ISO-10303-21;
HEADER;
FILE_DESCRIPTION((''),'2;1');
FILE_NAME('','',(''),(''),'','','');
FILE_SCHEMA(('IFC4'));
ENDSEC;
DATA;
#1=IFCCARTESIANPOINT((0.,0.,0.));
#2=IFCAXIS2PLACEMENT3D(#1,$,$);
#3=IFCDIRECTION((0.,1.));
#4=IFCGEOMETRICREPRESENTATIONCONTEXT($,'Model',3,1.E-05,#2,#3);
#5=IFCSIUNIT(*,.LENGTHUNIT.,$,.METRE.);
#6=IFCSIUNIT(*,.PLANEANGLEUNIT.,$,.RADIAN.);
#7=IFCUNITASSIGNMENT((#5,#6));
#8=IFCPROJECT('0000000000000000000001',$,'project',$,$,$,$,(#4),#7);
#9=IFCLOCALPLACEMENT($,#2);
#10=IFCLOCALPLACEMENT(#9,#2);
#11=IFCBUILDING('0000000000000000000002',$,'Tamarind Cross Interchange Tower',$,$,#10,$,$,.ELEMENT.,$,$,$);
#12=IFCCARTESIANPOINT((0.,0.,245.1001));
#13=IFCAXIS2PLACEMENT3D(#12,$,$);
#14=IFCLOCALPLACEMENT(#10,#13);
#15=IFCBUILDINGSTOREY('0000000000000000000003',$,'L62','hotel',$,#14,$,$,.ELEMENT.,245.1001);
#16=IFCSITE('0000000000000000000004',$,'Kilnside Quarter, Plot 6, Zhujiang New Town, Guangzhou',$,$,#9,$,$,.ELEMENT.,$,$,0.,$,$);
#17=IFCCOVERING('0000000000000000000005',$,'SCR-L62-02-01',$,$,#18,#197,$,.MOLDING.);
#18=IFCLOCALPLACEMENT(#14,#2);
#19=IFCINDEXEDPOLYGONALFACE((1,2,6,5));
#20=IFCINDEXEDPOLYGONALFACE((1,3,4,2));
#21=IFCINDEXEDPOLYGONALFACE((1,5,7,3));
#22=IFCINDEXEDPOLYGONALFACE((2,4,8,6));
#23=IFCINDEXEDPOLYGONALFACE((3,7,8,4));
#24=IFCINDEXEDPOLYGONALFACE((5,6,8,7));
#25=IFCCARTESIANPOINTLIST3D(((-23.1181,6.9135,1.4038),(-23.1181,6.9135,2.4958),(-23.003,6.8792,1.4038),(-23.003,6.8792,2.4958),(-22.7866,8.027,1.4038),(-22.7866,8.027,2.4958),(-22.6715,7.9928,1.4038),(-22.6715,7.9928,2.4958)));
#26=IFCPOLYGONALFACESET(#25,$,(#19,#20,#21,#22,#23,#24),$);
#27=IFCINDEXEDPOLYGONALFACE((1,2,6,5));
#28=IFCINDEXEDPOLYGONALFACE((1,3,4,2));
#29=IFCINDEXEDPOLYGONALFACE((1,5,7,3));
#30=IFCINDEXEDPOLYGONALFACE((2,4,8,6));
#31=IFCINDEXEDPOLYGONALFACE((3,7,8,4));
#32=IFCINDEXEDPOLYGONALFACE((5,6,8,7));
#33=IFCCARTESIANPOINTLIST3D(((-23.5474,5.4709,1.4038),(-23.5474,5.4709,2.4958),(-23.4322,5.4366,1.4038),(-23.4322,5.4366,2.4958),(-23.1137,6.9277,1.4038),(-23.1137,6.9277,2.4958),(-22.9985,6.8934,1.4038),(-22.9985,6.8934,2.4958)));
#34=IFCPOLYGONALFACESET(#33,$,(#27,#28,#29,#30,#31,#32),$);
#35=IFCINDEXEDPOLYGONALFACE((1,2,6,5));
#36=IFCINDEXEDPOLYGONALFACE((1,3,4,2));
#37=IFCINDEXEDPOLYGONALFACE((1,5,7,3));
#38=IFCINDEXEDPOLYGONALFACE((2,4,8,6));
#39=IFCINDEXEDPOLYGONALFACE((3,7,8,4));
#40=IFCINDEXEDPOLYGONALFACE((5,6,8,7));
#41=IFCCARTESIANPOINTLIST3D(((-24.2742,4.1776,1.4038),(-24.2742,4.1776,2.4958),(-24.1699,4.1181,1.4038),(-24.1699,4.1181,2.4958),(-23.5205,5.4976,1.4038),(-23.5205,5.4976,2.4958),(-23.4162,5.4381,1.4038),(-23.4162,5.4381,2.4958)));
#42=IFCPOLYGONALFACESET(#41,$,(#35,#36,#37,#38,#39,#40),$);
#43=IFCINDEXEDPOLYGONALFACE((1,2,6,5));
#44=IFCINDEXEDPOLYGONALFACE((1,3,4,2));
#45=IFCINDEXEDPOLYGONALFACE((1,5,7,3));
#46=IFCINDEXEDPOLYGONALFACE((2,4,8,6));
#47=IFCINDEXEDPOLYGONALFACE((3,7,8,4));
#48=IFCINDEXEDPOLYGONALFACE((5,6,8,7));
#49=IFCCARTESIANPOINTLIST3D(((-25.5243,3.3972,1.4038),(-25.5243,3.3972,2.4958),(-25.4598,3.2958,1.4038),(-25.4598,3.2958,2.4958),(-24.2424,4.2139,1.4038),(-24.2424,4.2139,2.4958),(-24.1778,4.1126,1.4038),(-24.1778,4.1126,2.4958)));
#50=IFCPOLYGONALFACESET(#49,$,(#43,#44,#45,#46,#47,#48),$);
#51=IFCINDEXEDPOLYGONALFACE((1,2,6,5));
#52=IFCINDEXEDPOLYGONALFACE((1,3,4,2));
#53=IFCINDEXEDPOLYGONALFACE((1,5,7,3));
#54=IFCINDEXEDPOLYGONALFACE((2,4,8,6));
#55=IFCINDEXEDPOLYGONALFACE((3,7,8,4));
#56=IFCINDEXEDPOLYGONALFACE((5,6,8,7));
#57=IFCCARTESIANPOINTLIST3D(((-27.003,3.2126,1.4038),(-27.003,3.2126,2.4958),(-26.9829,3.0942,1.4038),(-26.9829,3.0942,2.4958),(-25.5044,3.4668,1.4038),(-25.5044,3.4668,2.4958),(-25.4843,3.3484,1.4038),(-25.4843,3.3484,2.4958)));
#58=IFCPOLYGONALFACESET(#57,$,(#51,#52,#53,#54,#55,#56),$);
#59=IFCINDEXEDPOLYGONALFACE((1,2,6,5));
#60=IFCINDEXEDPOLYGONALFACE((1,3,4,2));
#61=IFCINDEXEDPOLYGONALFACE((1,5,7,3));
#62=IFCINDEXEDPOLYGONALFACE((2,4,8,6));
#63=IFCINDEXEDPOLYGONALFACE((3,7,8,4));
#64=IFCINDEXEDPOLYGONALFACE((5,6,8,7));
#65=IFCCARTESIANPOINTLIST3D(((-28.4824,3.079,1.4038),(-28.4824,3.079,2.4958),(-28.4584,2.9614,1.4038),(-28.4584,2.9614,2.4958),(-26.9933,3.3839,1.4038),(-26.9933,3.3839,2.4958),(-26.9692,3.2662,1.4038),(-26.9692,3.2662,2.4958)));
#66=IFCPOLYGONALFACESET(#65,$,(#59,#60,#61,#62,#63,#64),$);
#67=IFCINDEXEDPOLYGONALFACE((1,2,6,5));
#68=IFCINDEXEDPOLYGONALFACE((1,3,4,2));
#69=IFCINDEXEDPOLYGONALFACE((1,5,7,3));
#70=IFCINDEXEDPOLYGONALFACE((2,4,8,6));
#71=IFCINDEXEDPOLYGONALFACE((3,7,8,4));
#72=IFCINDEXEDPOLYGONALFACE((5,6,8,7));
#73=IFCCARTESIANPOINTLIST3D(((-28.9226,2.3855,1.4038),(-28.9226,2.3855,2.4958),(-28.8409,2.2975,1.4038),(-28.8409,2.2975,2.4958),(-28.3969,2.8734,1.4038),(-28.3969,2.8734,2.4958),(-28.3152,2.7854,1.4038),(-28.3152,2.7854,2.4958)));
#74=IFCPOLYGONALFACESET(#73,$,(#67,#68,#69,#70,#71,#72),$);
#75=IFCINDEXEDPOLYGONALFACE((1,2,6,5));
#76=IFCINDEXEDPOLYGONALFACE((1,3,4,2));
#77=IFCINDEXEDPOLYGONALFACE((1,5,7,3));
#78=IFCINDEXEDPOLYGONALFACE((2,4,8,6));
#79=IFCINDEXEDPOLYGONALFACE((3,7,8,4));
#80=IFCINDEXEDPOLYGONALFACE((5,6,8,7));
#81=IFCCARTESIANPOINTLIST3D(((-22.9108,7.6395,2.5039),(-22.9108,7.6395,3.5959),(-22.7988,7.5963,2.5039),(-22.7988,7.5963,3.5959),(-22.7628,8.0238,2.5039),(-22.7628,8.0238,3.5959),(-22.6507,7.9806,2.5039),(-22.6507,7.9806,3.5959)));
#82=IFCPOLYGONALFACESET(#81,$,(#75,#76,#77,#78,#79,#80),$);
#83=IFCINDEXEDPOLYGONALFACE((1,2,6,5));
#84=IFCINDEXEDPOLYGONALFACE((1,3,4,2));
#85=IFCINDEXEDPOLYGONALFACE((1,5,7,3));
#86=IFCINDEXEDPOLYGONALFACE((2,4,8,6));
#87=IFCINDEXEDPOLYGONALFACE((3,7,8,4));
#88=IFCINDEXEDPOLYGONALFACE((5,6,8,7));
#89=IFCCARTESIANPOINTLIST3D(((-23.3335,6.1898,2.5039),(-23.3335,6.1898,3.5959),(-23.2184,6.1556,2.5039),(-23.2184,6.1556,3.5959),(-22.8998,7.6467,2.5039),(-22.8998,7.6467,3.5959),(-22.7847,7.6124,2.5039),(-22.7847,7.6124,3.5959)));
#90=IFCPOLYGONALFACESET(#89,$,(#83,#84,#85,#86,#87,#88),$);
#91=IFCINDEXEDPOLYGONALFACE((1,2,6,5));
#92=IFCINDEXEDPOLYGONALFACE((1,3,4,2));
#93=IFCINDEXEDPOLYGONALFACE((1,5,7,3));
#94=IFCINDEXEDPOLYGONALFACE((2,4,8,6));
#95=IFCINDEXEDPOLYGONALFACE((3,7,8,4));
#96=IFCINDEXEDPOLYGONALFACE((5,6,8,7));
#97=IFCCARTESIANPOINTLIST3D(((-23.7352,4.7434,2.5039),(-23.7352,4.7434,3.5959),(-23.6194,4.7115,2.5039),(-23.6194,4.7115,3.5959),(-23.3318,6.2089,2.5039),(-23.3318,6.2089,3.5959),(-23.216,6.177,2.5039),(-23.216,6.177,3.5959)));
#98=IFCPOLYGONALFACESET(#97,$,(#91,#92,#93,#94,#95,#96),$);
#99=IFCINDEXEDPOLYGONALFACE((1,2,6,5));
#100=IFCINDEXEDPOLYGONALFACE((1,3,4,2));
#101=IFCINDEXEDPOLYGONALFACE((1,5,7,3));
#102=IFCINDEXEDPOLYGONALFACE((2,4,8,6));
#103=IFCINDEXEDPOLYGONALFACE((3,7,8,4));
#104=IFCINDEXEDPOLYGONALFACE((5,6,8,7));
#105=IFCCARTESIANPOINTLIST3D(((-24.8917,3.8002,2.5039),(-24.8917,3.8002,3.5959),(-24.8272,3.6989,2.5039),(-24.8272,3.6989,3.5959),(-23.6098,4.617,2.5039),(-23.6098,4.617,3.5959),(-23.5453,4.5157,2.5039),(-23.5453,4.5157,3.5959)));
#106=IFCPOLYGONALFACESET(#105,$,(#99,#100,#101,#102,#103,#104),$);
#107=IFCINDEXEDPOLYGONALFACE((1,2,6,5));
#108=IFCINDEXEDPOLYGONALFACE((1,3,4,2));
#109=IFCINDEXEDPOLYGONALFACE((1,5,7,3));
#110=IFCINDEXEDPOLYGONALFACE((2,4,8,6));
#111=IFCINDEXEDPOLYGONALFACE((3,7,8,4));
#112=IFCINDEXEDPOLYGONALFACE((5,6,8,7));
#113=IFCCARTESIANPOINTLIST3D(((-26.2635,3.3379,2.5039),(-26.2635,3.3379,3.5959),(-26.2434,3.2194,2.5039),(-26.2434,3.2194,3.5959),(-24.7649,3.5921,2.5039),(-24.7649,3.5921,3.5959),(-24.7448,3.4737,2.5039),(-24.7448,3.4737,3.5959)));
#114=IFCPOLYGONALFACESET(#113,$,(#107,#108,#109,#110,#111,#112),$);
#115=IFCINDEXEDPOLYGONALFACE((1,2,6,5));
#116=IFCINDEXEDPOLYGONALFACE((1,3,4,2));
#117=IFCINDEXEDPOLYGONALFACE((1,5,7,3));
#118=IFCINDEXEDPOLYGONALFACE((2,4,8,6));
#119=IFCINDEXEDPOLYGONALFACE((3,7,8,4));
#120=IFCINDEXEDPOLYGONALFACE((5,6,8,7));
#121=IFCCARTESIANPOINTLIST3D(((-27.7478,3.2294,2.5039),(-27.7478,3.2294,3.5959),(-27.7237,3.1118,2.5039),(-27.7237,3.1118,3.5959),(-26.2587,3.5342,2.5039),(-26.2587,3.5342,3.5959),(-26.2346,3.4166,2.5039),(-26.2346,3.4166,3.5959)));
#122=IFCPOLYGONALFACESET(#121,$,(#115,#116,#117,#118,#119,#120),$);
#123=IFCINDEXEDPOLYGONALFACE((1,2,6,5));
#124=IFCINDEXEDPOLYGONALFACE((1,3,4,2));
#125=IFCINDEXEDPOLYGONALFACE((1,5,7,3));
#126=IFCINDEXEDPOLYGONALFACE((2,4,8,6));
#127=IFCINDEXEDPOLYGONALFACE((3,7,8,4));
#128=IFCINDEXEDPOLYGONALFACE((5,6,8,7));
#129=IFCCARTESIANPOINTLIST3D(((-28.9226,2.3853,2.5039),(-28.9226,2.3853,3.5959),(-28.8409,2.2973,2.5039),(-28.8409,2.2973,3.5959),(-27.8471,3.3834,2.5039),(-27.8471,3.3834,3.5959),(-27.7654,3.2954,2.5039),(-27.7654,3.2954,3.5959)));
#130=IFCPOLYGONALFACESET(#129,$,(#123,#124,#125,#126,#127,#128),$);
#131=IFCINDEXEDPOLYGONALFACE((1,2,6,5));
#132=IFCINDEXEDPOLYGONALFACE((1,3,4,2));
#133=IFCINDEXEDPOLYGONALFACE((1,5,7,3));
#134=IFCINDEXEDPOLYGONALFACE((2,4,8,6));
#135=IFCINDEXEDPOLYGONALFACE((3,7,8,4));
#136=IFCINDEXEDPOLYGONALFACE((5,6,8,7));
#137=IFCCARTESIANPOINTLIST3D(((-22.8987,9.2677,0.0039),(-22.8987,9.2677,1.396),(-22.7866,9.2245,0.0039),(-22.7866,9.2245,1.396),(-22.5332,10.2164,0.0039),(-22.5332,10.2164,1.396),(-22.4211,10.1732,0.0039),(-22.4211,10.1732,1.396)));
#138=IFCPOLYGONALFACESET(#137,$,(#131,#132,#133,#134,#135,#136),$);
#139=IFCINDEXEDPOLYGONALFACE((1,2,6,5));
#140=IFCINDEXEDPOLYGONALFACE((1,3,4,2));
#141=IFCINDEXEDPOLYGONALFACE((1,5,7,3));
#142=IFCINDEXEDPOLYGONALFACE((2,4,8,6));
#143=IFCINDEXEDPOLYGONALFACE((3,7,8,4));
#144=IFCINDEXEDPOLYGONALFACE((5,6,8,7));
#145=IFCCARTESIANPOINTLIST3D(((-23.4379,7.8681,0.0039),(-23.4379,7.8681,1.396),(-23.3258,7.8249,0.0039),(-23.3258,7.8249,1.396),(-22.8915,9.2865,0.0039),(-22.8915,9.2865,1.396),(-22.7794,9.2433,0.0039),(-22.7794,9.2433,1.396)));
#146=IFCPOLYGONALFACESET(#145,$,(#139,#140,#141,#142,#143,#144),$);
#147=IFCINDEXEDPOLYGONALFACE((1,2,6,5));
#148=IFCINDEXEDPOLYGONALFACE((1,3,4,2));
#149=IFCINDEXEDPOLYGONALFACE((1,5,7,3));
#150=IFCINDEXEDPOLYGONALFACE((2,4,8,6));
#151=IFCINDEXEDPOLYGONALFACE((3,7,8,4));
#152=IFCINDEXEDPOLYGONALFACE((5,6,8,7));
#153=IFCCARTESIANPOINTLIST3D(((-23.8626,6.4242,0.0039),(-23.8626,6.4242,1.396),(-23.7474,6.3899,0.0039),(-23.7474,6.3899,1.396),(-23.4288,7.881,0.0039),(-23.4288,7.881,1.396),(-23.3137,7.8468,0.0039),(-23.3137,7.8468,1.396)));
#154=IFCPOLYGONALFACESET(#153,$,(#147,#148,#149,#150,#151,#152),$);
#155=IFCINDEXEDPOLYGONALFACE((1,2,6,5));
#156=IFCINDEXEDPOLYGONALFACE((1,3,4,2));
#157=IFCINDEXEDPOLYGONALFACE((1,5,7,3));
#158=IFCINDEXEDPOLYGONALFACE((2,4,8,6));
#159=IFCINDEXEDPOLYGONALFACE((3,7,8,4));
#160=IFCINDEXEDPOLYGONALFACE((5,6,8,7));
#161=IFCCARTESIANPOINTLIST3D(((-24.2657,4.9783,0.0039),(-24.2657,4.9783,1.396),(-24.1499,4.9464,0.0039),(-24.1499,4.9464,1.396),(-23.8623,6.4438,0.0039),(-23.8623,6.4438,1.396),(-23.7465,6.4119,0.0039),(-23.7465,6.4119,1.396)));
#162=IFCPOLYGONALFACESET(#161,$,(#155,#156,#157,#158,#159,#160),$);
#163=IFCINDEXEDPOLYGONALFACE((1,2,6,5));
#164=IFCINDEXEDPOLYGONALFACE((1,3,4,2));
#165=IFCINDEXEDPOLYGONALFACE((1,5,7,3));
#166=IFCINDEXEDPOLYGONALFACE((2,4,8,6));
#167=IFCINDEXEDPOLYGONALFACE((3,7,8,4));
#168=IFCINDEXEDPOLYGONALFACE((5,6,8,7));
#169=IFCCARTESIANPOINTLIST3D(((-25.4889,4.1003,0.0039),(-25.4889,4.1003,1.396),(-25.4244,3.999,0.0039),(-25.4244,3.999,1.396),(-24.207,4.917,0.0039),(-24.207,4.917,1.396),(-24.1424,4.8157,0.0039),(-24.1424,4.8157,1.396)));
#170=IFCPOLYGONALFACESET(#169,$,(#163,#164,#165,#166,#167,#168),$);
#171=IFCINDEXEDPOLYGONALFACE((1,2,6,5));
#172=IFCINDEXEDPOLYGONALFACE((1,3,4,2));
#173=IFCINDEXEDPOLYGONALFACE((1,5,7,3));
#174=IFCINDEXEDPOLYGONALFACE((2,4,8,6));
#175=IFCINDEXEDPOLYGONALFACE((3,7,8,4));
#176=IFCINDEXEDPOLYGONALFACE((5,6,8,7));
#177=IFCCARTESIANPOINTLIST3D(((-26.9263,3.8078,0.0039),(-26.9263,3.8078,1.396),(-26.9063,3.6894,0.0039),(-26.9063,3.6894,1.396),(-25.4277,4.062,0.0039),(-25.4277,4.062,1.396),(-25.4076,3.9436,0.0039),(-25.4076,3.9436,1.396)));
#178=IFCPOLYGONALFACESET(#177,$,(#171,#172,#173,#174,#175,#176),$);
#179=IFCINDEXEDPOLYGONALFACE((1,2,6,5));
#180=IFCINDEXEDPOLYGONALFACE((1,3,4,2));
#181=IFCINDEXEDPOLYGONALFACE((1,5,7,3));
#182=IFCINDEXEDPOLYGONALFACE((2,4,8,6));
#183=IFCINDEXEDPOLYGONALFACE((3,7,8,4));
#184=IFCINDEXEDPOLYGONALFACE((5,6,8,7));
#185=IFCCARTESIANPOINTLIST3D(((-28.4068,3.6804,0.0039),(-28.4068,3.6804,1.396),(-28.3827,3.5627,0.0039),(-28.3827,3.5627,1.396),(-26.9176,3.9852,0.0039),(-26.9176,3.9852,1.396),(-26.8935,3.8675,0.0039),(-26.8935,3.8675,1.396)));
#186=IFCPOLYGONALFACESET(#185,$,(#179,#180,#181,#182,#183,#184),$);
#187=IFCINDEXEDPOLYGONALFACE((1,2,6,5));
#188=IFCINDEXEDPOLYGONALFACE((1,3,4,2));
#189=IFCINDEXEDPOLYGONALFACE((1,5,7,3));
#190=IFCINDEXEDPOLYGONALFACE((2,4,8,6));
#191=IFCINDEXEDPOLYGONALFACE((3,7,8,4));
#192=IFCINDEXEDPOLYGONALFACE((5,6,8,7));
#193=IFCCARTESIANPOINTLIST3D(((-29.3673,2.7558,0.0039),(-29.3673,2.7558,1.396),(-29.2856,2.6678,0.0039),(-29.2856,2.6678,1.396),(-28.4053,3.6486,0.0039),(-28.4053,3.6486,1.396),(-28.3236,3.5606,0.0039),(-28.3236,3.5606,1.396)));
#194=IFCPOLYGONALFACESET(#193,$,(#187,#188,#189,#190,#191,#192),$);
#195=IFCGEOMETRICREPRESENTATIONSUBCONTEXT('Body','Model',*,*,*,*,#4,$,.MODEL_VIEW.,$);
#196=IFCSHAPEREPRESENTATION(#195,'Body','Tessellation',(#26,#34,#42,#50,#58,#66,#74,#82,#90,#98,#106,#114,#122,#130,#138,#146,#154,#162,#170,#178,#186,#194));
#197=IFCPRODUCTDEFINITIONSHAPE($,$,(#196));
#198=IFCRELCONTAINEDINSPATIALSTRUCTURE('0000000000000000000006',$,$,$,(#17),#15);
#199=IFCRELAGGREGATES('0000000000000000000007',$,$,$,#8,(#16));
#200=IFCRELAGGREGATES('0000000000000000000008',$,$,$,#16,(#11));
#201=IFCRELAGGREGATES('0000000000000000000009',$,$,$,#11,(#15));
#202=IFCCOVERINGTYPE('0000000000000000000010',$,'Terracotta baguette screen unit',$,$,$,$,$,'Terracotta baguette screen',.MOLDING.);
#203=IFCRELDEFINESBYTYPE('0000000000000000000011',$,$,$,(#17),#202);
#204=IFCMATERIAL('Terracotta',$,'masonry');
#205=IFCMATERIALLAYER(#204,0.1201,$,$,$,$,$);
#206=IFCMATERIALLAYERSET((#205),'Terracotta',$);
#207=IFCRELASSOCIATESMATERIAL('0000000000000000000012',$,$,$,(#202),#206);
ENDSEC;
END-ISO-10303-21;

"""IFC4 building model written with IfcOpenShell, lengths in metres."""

from ifc_helpers import new_model, si_unit, direction, frame, origin, origin_2d, place, context, subcontext, project, spatial, rectangle, extrude, material, layer, layer_set, type_object, element, save


model = new_model("IFC4")

# Units and contexts
model_context = context("Model", 3, precision=1e-05, world=origin(), true_north=direction((0.0, 1.0)))
body_context = subcontext(model_context, "Body", "Model", "MODEL_VIEW")
ifc_project = project(units=[si_unit("LENGTHUNIT", "METRE"), si_unit("PLANEANGLEUNIT", "RADIAN")], contexts=[model_context])

# Site, building, storey
site_placement = place(None, origin())
site = spatial("IfcSite", under=ifc_project, at=site_placement, Name="Kilnside Quarter, Plot 6, Zhujiang New Town, Guangzhou", CompositionType="ELEMENT", RefElevation=0.0)
building_placement = place(site_placement, origin())
building = spatial("IfcBuilding", under=site, at=building_placement, Name="Tamarind Cross Interchange Tower", CompositionType="ELEMENT")
storey_placement = place(building_placement, frame((0.0, 0.0, 245.1001)))
storey = spatial("IfcBuildingStorey", under=building, at=storey_placement, Name="L62", Description="hotel", CompositionType="ELEMENT", Elevation=245.1001)

# Covering
ifc_material_1 = material(Name="Terracotta", Category="masonry")
ifc_layer_1 = layer(ifc_material_1, 0.1201)
ifc_layer_set_1 = layer_set([ifc_layer_1], Name="Terracotta")
covering_type = type_object("IfcCoveringType", Name="Terracotta baguette screen unit", ElementType="Terracotta baguette screen", PredefinedType="MOLDING", material=ifc_layer_set_1)
covering_1_placement = place(storey_placement, origin())
element("IfcCovering", 1, at=covering_1_placement, inside=storey, type_object=covering_type, Name="SCR-L62-02-01", PredefinedType="MOLDING", context=body_context, shape_type="SweptSolid", body=[
    extrude(rectangle(XDim=1.1619, YDim=0.1201, at=origin_2d()), frame((-22.8948, 7.4531, 1.4038), z_axis=(0.0, 0.0, 1.0), x_axis=(-0.285336, -0.958427, 0.0)), (0.0, 0.0, 1.0), 1.092),
    extrude(rectangle(XDim=1.52, YDim=0.1201, at=origin_2d()), frame((-23.2729, 6.1821, 1.4038), z_axis=(0.0, 0.0, 1.0), x_axis=(-0.285336, -0.958427, 0.0)), (0.0, 0.0, 1.0), 1.092),
    extrude(rectangle(XDim=1.52, YDim=0.1201, at=origin_2d()), frame((-23.8452, 4.8079, 1.4038), z_axis=(0.0, 0.0, 1.0), x_axis=(-0.49584, -0.868414, 0.0)), (0.0, 0.0, 1.0), 1.092),
    extrude(rectangle(XDim=1.52, YDim=0.1201, at=origin_2d()), frame((-24.8511, 3.7549, 1.4038), z_axis=(0.0, 0.0, 1.0), x_axis=(-0.843365, -0.537341, 0.0)), (0.0, 0.0, 1.0), 1.092),
    extrude(rectangle(XDim=1.52, YDim=0.1201, at=origin_2d()), frame((-26.2437, 3.2805, 1.4038), z_axis=(0.0, 0.0, 1.0), x_axis=(-0.985917, -0.167237, 0.0)), (0.0, 0.0, 1.0), 1.092),
    extrude(rectangle(XDim=1.52, YDim=0.1201, at=origin_2d()), frame((-27.7258, 3.1726, 1.4038), z_axis=(0.0, 0.0, 1.0), x_axis=(-0.979687, -0.200531, 0.0)), (0.0, 0.0, 1.0), 1.092),
    extrude(rectangle(XDim=0.7173, YDim=0.1201, at=origin_2d()), frame((-28.6189, 2.5854, 1.4038), z_axis=(0.0, 0.0, 1.0), x_axis=(-0.732996, -0.680233, 0.0)), (0.0, 0.0, 1.0), 1.092),
    extrude(rectangle(XDim=0.4119, YDim=0.1201, at=origin_2d()), frame((-22.7808, 7.8101, 2.5039), z_axis=(0.0, 0.0, 1.0), x_axis=(-0.359495, -0.933147, 0.0)), (0.0, 0.0, 1.0), 1.092),
    extrude(rectangle(XDim=1.52, YDim=0.1201, at=origin_2d()), frame((-23.0591, 6.9011, 2.5039), z_axis=(0.0, 0.0, 1.0), x_axis=(-0.285336, -0.958427, 0.0)), (0.0, 0.0, 1.0), 1.092),
    extrude(rectangle(XDim=1.52, YDim=0.1201, at=origin_2d()), frame((-23.4756, 5.4602, 2.5039), z_axis=(0.0, 0.0, 1.0), x_axis=(-0.265389, -0.964141, 0.0)), (0.0, 0.0, 1.0), 1.092),
    extrude(rectangle(XDim=1.52, YDim=0.1201, at=origin_2d()), frame((-24.2185, 4.158, 2.5039), z_axis=(0.0, 0.0, 1.0), x_axis=(-0.843365, -0.537341, 0.0)), (0.0, 0.0, 1.0), 1.092),
    extrude(rectangle(XDim=1.52, YDim=0.1201, at=origin_2d()), frame((-25.5042, 3.4058, 2.5039), z_axis=(0.0, 0.0, 1.0), x_axis=(-0.985917, -0.167237, 0.0)), (0.0, 0.0, 1.0), 1.092),
    extrude(rectangle(XDim=1.52, YDim=0.1201, at=origin_2d()), frame((-26.9912, 3.323, 2.5039), z_axis=(0.0, 0.0, 1.0), x_axis=(-0.979687, -0.200531, 0.0)), (0.0, 0.0, 1.0), 1.092),
    extrude(rectangle(XDim=1.4673, YDim=0.1201, at=origin_2d()), frame((-28.344, 2.8403, 2.5039), z_axis=(0.0, 0.0, 1.0), x_axis=(-0.732996, -0.680233, 0.0)), (0.0, 0.0, 1.0), 1.092),
    extrude(rectangle(XDim=1.0166, YDim=0.1201, at=origin_2d()), frame((-22.6599, 9.7205, 0.0039), z_axis=(0.0, 0.0, 1.0), x_axis=(-0.359495, -0.933147, 0.0)), (0.0, 0.0, 1.0), 1.3921),
    extrude(rectangle(XDim=1.52, YDim=0.1201, at=origin_2d()), frame((-23.1086, 8.5557, 0.0039), z_axis=(0.0, 0.0, 1.0), x_axis=(-0.359495, -0.933147, 0.0)), (0.0, 0.0, 1.0), 1.3921),
    extrude(rectangle(XDim=1.52, YDim=0.1201, at=origin_2d()), frame((-23.5881, 7.1355, 0.0039), z_axis=(0.0, 0.0, 1.0), x_axis=(-0.285336, -0.958427, 0.0)), (0.0, 0.0, 1.0), 1.3921),
    extrude(rectangle(XDim=1.52, YDim=0.1201, at=origin_2d()), frame((-24.0061, 5.6951, 0.0039), z_axis=(0.0, 0.0, 1.0), x_axis=(-0.265389, -0.964141, 0.0)), (0.0, 0.0, 1.0), 1.3921),
    extrude(rectangle(XDim=1.52, YDim=0.1201, at=origin_2d()), frame((-24.8157, 4.458, 0.0039), z_axis=(0.0, 0.0, 1.0), x_axis=(-0.843365, -0.537341, 0.0)), (0.0, 0.0, 1.0), 1.3921),
    extrude(rectangle(XDim=1.52, YDim=0.1201, at=origin_2d()), frame((-26.167, 3.8757, 0.0039), z_axis=(0.0, 0.0, 1.0), x_axis=(-0.985917, -0.167237, 0.0)), (0.0, 0.0, 1.0), 1.3921),
    extrude(rectangle(XDim=1.52, YDim=0.1201, at=origin_2d()), frame((-27.6501, 3.7739, 0.0039), z_axis=(0.0, 0.0, 1.0), x_axis=(-0.979687, -0.200531, 0.0)), (0.0, 0.0, 1.0), 1.3921),
    extrude(rectangle(XDim=1.3125, YDim=0.1201, at=origin_2d()), frame((-28.8455, 3.1582, 0.0039), z_axis=(0.0, 0.0, 1.0), x_axis=(-0.732996, -0.680233, 0.0)), (0.0, 0.0, 1.0), 1.3921),
])

save(model, "model.ifc")
